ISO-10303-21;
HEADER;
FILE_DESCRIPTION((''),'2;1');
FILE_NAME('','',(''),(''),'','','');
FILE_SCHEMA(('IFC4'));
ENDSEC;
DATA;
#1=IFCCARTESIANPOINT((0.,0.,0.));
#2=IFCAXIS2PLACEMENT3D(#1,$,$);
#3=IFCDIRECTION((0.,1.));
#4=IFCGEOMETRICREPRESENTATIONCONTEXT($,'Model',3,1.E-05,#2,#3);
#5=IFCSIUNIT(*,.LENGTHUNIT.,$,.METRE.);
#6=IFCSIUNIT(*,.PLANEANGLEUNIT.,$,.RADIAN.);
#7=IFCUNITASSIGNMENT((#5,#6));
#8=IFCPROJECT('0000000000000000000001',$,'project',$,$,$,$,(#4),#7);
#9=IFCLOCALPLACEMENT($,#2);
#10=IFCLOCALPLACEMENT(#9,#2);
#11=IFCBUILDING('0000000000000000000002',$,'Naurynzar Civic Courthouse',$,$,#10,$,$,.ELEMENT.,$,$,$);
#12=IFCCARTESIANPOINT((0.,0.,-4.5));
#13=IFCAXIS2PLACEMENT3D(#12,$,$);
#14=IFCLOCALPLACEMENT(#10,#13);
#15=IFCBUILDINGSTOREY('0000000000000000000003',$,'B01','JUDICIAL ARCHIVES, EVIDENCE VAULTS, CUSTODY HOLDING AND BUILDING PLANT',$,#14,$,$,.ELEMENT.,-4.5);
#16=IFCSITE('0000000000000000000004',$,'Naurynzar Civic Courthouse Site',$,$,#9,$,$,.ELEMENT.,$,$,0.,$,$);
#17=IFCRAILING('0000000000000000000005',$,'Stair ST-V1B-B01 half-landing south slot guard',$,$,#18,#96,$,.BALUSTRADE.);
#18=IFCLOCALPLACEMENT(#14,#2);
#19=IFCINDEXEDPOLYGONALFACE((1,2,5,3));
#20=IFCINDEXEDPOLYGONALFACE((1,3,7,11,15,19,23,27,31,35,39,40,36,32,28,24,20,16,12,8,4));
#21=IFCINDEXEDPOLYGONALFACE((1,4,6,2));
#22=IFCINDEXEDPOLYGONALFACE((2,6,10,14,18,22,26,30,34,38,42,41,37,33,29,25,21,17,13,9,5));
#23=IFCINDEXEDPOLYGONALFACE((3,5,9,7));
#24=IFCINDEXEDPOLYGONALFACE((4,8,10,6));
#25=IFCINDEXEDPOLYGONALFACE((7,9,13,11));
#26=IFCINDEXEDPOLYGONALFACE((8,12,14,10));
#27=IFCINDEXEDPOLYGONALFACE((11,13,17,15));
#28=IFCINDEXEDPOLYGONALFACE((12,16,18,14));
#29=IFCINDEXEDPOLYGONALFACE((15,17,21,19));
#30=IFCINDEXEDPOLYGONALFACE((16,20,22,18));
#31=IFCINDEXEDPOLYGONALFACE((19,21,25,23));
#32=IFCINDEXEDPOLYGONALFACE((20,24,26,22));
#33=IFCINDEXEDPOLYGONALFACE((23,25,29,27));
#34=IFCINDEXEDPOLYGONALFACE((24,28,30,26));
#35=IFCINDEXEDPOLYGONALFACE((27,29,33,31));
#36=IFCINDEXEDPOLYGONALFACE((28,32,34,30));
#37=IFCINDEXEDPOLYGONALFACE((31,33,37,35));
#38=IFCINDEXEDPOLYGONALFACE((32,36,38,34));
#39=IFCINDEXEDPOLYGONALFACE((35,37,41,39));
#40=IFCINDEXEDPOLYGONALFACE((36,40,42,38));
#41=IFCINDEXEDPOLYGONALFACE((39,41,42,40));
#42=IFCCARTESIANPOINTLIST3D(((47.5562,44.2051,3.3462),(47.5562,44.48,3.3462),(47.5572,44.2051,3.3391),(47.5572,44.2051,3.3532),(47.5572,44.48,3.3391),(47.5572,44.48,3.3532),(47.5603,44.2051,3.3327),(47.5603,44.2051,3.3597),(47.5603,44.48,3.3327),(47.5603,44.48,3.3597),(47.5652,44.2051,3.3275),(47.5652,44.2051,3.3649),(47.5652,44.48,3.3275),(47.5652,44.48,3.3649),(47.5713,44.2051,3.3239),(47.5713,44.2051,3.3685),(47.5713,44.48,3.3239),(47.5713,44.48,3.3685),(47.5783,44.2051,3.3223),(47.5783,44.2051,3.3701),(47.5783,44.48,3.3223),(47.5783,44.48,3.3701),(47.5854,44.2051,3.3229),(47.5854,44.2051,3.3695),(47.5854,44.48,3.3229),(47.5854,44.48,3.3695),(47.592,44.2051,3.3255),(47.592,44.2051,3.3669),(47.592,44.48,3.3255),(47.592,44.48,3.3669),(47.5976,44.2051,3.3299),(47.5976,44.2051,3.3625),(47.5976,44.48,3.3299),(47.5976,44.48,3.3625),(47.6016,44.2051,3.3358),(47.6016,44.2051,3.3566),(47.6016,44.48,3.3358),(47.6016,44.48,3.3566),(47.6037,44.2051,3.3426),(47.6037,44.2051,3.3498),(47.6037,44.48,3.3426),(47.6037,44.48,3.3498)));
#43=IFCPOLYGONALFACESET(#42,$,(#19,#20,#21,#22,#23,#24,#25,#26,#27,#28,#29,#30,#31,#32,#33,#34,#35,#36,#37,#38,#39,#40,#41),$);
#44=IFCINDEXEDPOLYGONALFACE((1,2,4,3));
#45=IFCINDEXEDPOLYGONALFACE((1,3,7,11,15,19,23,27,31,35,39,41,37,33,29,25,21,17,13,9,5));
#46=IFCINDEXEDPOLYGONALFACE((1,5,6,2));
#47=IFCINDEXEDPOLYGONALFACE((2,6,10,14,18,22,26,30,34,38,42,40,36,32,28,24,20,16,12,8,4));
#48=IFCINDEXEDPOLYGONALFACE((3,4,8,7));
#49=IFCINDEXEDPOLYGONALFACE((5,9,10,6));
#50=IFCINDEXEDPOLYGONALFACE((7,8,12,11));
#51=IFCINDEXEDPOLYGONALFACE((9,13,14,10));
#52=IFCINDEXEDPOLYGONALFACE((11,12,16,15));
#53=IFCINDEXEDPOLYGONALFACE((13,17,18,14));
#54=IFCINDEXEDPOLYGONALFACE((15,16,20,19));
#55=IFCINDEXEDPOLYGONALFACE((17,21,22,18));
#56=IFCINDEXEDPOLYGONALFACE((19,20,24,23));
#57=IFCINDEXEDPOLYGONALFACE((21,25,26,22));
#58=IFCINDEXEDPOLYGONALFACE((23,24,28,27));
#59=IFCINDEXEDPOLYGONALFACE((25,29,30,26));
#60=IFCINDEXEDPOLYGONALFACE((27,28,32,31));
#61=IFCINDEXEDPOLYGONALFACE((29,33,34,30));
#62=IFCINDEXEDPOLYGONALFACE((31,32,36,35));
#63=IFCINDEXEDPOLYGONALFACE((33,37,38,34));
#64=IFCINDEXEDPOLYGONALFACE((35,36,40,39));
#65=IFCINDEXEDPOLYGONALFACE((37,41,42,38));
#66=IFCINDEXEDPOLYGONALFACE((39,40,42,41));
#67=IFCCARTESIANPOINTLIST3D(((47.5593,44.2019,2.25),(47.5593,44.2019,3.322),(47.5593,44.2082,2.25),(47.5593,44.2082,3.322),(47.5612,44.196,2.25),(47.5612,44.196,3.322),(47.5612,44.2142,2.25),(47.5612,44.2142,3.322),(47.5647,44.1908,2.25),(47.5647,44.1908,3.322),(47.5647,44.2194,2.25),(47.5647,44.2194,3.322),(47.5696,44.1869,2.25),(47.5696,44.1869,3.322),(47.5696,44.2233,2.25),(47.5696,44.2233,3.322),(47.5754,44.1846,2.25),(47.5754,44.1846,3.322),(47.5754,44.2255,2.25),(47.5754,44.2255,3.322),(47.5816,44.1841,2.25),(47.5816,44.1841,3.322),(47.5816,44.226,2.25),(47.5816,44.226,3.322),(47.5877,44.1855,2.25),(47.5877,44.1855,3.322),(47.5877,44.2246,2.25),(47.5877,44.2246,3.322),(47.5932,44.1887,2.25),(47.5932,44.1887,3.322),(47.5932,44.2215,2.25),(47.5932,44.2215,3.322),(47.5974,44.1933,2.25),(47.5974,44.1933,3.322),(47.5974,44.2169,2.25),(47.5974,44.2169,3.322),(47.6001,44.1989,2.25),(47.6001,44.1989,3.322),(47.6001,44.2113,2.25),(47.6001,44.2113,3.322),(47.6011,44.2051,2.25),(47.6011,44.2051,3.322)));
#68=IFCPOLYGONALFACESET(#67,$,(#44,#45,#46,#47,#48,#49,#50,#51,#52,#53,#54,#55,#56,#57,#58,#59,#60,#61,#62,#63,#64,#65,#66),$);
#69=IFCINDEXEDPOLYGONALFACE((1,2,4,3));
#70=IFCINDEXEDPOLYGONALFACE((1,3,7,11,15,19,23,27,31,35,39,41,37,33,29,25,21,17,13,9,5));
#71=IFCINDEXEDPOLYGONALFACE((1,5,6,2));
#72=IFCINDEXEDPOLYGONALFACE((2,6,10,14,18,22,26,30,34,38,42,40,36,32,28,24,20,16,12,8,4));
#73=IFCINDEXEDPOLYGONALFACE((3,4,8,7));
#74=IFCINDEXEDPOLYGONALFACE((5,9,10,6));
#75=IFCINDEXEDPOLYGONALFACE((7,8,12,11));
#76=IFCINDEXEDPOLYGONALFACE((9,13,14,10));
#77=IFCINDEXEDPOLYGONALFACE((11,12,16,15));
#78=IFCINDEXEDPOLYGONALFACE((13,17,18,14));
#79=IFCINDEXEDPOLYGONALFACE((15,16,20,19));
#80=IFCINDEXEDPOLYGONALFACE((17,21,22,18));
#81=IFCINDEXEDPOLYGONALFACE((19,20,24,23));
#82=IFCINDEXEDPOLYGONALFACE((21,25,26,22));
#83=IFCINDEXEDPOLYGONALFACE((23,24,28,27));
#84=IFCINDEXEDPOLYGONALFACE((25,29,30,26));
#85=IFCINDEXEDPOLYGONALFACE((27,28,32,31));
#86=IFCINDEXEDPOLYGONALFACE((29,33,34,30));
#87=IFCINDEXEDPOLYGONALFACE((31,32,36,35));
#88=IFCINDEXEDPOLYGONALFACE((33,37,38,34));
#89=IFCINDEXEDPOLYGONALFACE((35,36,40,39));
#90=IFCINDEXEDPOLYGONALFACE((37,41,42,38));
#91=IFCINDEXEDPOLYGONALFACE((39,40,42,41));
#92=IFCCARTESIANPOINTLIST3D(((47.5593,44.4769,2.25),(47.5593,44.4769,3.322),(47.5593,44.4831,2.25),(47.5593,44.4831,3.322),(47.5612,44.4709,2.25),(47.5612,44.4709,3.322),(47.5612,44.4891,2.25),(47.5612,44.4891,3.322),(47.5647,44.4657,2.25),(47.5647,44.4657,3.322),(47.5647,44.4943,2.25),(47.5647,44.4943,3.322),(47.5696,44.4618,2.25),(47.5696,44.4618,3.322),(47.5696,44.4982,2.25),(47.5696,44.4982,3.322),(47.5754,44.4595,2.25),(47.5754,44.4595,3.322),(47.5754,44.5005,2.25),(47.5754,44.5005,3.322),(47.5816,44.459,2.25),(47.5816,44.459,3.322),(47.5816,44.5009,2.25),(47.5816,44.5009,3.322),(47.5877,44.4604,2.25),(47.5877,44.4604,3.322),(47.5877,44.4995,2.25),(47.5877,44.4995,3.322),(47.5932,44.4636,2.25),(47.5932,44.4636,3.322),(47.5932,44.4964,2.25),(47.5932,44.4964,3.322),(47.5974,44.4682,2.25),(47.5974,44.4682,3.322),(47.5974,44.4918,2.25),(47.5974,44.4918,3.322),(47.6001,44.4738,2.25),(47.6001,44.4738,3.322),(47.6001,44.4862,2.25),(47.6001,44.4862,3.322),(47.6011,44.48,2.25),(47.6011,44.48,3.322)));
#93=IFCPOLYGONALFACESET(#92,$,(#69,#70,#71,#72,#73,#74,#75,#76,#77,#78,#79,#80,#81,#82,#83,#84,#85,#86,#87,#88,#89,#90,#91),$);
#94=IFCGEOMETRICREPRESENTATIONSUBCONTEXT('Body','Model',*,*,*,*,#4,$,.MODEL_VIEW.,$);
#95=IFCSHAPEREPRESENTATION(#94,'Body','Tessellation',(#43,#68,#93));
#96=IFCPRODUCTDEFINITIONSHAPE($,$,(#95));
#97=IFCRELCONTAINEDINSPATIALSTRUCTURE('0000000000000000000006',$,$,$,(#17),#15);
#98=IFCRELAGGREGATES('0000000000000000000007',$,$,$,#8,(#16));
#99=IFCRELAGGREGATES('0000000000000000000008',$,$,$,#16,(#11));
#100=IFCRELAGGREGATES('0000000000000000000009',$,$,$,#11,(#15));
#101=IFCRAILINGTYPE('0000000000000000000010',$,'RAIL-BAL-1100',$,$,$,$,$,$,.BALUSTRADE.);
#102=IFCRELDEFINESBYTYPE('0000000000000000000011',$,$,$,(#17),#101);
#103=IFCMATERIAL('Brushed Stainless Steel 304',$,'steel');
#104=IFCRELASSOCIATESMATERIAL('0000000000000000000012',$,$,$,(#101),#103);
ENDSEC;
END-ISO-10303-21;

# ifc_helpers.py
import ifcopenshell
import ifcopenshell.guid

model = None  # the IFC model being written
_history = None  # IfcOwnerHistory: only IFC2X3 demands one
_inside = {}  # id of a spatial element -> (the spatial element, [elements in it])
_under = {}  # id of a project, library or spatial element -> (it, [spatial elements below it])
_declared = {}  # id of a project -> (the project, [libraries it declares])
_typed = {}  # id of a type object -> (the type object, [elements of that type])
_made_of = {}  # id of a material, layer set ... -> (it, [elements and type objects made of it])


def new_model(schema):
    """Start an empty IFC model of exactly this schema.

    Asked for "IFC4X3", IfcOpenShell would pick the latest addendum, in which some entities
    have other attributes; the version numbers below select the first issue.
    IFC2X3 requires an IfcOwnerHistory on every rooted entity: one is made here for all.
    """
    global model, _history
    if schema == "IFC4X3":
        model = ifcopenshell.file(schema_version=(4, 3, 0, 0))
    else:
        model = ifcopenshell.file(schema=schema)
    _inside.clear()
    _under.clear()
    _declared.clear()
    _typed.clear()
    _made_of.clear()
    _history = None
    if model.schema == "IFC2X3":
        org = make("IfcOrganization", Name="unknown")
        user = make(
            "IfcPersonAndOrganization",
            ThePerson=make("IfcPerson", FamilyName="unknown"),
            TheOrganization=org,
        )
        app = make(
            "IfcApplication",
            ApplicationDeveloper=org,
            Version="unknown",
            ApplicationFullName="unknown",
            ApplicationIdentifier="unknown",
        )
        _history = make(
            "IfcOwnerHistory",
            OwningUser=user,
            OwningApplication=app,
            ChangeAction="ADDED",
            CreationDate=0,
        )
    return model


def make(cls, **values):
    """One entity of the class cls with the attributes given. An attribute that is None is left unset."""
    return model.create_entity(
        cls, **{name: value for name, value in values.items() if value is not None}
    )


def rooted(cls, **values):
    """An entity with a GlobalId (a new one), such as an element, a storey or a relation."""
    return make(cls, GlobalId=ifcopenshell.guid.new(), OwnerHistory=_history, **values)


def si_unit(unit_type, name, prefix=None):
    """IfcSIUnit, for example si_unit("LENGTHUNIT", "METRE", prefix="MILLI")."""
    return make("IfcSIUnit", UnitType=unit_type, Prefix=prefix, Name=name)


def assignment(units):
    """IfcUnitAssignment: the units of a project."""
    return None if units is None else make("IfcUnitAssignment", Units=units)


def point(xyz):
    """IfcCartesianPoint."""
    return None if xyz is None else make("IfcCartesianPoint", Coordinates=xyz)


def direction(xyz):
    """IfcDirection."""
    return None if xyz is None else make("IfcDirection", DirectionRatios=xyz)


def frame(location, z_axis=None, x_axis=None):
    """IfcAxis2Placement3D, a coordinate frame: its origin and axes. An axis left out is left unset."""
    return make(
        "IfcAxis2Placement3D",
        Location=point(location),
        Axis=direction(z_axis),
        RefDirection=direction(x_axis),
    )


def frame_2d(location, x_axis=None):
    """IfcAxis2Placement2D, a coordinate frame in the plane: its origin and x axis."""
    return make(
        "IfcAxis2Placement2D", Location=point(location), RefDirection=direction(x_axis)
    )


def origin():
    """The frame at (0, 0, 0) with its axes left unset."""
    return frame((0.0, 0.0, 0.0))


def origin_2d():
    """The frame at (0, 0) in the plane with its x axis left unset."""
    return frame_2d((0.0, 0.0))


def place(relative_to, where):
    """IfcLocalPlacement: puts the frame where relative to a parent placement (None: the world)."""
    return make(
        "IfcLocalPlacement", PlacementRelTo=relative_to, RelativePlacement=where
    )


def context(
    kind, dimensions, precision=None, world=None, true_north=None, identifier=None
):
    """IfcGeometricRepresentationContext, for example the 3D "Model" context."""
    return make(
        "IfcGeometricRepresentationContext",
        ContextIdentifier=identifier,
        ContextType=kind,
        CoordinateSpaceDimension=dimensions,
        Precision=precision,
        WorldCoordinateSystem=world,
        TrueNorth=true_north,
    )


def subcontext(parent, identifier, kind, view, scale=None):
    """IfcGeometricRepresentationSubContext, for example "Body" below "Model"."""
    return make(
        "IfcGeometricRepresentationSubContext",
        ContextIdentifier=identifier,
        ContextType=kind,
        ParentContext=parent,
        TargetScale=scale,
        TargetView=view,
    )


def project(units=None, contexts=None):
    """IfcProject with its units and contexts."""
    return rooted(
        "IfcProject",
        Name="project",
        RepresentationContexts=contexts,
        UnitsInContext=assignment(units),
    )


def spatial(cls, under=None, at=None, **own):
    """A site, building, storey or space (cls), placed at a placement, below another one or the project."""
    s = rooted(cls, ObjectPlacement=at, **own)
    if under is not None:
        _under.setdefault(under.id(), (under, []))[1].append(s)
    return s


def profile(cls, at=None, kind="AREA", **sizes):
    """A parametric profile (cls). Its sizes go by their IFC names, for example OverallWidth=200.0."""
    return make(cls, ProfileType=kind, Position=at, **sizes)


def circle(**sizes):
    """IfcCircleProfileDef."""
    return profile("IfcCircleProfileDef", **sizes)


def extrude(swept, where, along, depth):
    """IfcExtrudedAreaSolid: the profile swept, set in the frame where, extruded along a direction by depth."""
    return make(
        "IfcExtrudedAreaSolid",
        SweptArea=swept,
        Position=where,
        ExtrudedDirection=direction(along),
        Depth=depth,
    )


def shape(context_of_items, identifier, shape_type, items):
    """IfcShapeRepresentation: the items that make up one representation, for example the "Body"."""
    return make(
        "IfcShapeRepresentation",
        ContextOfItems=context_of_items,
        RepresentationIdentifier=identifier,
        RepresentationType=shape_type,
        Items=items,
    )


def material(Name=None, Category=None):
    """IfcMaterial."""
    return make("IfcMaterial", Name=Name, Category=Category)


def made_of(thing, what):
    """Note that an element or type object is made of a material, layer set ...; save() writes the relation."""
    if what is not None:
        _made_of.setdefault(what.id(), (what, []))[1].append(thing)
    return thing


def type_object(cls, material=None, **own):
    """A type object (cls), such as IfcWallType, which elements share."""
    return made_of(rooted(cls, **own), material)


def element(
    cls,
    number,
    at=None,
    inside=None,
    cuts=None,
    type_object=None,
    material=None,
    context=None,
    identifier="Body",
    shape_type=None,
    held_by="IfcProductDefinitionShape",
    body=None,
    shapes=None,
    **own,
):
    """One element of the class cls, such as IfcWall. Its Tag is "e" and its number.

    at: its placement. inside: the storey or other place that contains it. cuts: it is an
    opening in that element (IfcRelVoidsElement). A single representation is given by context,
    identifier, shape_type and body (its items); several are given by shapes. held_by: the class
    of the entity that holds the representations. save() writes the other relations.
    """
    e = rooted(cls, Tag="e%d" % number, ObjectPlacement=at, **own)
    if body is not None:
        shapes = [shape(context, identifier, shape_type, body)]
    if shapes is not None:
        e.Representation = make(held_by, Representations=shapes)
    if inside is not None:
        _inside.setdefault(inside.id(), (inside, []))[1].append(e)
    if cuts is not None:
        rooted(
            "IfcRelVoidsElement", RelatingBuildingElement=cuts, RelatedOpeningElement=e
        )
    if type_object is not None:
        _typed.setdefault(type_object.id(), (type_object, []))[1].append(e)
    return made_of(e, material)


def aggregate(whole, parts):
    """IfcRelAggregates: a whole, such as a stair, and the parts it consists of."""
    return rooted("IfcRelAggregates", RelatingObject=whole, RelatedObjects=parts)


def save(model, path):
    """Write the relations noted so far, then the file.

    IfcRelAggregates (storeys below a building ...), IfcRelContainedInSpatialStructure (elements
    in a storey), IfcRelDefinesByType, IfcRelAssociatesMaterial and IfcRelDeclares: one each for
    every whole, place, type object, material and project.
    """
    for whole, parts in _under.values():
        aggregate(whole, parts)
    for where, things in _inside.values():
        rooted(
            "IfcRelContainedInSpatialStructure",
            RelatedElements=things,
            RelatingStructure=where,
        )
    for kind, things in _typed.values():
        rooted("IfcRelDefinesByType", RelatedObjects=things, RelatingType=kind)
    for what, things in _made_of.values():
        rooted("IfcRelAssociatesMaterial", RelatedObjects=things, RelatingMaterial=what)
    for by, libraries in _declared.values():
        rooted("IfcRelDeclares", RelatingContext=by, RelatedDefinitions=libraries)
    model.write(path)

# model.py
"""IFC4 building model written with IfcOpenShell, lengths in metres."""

from ifc_helpers import new_model, si_unit, direction, frame, origin, origin_2d, place, context, subcontext, project, spatial, circle, extrude, material, type_object, element, save


model = new_model("IFC4")

# Units and contexts
model_context = context("Model", 3, precision=1e-05, world=origin(), true_north=direction((0.0, 1.0)))
body_context = subcontext(model_context, "Body", "Model", "MODEL_VIEW")
ifc_project = project(units=[si_unit("LENGTHUNIT", "METRE"), si_unit("PLANEANGLEUNIT", "RADIAN")], contexts=[model_context])

# Site, building, storey
site_placement = place(None, origin())
site = spatial("IfcSite", under=ifc_project, at=site_placement, Name="Naurynzar Civic Courthouse Site", CompositionType="ELEMENT", RefElevation=0.0)
building_placement = place(site_placement, origin())
building = spatial("IfcBuilding", under=site, at=building_placement, Name="Naurynzar Civic Courthouse", CompositionType="ELEMENT")
storey_placement = place(building_placement, frame((0.0, 0.0, -4.5)))
storey = spatial("IfcBuildingStorey", under=building, at=storey_placement, Name="B01", Description="JUDICIAL ARCHIVES, EVIDENCE VAULTS, CUSTODY HOLDING AND BUILDING PLANT", CompositionType="ELEMENT", Elevation=-4.5)

# Railing
ifc_material_1 = material(Name="Brushed Stainless Steel 304", Category="steel")
railing_type_1 = type_object("IfcRailingType", Name="RAIL-BAL-1100", PredefinedType="BALUSTRADE", material=ifc_material_1)
railing_1_placement = place(storey_placement, frame((47.5801, 44.2051, 2.25)))
element("IfcRailing", 1, at=railing_1_placement, inside=storey, type_object=railing_type_1, Name="Stair ST-V1B-B01 half-landing south slot guard", PredefinedType="BALUSTRADE", context=body_context, shape_type="SweptSolid", body=[
    extrude(circle(Radius=0.0239, at=origin_2d()), frame((0.0, 0.0, 1.0962), z_axis=(0.0, 1.0, 0.0), x_axis=(-1.0, 0.0, 0.0)), (0.0, 0.0, 1.0), 0.2749),
    extrude(circle(Radius=0.021, at=origin_2d()), origin(), (0.0, 0.0, 1.0), 1.072),
    extrude(circle(Radius=0.021, at=origin_2d()), frame((0.0, 0.2749, 0.0)), (0.0, 0.0, 1.0), 1.072),
])

save(model, "model.ifc")
